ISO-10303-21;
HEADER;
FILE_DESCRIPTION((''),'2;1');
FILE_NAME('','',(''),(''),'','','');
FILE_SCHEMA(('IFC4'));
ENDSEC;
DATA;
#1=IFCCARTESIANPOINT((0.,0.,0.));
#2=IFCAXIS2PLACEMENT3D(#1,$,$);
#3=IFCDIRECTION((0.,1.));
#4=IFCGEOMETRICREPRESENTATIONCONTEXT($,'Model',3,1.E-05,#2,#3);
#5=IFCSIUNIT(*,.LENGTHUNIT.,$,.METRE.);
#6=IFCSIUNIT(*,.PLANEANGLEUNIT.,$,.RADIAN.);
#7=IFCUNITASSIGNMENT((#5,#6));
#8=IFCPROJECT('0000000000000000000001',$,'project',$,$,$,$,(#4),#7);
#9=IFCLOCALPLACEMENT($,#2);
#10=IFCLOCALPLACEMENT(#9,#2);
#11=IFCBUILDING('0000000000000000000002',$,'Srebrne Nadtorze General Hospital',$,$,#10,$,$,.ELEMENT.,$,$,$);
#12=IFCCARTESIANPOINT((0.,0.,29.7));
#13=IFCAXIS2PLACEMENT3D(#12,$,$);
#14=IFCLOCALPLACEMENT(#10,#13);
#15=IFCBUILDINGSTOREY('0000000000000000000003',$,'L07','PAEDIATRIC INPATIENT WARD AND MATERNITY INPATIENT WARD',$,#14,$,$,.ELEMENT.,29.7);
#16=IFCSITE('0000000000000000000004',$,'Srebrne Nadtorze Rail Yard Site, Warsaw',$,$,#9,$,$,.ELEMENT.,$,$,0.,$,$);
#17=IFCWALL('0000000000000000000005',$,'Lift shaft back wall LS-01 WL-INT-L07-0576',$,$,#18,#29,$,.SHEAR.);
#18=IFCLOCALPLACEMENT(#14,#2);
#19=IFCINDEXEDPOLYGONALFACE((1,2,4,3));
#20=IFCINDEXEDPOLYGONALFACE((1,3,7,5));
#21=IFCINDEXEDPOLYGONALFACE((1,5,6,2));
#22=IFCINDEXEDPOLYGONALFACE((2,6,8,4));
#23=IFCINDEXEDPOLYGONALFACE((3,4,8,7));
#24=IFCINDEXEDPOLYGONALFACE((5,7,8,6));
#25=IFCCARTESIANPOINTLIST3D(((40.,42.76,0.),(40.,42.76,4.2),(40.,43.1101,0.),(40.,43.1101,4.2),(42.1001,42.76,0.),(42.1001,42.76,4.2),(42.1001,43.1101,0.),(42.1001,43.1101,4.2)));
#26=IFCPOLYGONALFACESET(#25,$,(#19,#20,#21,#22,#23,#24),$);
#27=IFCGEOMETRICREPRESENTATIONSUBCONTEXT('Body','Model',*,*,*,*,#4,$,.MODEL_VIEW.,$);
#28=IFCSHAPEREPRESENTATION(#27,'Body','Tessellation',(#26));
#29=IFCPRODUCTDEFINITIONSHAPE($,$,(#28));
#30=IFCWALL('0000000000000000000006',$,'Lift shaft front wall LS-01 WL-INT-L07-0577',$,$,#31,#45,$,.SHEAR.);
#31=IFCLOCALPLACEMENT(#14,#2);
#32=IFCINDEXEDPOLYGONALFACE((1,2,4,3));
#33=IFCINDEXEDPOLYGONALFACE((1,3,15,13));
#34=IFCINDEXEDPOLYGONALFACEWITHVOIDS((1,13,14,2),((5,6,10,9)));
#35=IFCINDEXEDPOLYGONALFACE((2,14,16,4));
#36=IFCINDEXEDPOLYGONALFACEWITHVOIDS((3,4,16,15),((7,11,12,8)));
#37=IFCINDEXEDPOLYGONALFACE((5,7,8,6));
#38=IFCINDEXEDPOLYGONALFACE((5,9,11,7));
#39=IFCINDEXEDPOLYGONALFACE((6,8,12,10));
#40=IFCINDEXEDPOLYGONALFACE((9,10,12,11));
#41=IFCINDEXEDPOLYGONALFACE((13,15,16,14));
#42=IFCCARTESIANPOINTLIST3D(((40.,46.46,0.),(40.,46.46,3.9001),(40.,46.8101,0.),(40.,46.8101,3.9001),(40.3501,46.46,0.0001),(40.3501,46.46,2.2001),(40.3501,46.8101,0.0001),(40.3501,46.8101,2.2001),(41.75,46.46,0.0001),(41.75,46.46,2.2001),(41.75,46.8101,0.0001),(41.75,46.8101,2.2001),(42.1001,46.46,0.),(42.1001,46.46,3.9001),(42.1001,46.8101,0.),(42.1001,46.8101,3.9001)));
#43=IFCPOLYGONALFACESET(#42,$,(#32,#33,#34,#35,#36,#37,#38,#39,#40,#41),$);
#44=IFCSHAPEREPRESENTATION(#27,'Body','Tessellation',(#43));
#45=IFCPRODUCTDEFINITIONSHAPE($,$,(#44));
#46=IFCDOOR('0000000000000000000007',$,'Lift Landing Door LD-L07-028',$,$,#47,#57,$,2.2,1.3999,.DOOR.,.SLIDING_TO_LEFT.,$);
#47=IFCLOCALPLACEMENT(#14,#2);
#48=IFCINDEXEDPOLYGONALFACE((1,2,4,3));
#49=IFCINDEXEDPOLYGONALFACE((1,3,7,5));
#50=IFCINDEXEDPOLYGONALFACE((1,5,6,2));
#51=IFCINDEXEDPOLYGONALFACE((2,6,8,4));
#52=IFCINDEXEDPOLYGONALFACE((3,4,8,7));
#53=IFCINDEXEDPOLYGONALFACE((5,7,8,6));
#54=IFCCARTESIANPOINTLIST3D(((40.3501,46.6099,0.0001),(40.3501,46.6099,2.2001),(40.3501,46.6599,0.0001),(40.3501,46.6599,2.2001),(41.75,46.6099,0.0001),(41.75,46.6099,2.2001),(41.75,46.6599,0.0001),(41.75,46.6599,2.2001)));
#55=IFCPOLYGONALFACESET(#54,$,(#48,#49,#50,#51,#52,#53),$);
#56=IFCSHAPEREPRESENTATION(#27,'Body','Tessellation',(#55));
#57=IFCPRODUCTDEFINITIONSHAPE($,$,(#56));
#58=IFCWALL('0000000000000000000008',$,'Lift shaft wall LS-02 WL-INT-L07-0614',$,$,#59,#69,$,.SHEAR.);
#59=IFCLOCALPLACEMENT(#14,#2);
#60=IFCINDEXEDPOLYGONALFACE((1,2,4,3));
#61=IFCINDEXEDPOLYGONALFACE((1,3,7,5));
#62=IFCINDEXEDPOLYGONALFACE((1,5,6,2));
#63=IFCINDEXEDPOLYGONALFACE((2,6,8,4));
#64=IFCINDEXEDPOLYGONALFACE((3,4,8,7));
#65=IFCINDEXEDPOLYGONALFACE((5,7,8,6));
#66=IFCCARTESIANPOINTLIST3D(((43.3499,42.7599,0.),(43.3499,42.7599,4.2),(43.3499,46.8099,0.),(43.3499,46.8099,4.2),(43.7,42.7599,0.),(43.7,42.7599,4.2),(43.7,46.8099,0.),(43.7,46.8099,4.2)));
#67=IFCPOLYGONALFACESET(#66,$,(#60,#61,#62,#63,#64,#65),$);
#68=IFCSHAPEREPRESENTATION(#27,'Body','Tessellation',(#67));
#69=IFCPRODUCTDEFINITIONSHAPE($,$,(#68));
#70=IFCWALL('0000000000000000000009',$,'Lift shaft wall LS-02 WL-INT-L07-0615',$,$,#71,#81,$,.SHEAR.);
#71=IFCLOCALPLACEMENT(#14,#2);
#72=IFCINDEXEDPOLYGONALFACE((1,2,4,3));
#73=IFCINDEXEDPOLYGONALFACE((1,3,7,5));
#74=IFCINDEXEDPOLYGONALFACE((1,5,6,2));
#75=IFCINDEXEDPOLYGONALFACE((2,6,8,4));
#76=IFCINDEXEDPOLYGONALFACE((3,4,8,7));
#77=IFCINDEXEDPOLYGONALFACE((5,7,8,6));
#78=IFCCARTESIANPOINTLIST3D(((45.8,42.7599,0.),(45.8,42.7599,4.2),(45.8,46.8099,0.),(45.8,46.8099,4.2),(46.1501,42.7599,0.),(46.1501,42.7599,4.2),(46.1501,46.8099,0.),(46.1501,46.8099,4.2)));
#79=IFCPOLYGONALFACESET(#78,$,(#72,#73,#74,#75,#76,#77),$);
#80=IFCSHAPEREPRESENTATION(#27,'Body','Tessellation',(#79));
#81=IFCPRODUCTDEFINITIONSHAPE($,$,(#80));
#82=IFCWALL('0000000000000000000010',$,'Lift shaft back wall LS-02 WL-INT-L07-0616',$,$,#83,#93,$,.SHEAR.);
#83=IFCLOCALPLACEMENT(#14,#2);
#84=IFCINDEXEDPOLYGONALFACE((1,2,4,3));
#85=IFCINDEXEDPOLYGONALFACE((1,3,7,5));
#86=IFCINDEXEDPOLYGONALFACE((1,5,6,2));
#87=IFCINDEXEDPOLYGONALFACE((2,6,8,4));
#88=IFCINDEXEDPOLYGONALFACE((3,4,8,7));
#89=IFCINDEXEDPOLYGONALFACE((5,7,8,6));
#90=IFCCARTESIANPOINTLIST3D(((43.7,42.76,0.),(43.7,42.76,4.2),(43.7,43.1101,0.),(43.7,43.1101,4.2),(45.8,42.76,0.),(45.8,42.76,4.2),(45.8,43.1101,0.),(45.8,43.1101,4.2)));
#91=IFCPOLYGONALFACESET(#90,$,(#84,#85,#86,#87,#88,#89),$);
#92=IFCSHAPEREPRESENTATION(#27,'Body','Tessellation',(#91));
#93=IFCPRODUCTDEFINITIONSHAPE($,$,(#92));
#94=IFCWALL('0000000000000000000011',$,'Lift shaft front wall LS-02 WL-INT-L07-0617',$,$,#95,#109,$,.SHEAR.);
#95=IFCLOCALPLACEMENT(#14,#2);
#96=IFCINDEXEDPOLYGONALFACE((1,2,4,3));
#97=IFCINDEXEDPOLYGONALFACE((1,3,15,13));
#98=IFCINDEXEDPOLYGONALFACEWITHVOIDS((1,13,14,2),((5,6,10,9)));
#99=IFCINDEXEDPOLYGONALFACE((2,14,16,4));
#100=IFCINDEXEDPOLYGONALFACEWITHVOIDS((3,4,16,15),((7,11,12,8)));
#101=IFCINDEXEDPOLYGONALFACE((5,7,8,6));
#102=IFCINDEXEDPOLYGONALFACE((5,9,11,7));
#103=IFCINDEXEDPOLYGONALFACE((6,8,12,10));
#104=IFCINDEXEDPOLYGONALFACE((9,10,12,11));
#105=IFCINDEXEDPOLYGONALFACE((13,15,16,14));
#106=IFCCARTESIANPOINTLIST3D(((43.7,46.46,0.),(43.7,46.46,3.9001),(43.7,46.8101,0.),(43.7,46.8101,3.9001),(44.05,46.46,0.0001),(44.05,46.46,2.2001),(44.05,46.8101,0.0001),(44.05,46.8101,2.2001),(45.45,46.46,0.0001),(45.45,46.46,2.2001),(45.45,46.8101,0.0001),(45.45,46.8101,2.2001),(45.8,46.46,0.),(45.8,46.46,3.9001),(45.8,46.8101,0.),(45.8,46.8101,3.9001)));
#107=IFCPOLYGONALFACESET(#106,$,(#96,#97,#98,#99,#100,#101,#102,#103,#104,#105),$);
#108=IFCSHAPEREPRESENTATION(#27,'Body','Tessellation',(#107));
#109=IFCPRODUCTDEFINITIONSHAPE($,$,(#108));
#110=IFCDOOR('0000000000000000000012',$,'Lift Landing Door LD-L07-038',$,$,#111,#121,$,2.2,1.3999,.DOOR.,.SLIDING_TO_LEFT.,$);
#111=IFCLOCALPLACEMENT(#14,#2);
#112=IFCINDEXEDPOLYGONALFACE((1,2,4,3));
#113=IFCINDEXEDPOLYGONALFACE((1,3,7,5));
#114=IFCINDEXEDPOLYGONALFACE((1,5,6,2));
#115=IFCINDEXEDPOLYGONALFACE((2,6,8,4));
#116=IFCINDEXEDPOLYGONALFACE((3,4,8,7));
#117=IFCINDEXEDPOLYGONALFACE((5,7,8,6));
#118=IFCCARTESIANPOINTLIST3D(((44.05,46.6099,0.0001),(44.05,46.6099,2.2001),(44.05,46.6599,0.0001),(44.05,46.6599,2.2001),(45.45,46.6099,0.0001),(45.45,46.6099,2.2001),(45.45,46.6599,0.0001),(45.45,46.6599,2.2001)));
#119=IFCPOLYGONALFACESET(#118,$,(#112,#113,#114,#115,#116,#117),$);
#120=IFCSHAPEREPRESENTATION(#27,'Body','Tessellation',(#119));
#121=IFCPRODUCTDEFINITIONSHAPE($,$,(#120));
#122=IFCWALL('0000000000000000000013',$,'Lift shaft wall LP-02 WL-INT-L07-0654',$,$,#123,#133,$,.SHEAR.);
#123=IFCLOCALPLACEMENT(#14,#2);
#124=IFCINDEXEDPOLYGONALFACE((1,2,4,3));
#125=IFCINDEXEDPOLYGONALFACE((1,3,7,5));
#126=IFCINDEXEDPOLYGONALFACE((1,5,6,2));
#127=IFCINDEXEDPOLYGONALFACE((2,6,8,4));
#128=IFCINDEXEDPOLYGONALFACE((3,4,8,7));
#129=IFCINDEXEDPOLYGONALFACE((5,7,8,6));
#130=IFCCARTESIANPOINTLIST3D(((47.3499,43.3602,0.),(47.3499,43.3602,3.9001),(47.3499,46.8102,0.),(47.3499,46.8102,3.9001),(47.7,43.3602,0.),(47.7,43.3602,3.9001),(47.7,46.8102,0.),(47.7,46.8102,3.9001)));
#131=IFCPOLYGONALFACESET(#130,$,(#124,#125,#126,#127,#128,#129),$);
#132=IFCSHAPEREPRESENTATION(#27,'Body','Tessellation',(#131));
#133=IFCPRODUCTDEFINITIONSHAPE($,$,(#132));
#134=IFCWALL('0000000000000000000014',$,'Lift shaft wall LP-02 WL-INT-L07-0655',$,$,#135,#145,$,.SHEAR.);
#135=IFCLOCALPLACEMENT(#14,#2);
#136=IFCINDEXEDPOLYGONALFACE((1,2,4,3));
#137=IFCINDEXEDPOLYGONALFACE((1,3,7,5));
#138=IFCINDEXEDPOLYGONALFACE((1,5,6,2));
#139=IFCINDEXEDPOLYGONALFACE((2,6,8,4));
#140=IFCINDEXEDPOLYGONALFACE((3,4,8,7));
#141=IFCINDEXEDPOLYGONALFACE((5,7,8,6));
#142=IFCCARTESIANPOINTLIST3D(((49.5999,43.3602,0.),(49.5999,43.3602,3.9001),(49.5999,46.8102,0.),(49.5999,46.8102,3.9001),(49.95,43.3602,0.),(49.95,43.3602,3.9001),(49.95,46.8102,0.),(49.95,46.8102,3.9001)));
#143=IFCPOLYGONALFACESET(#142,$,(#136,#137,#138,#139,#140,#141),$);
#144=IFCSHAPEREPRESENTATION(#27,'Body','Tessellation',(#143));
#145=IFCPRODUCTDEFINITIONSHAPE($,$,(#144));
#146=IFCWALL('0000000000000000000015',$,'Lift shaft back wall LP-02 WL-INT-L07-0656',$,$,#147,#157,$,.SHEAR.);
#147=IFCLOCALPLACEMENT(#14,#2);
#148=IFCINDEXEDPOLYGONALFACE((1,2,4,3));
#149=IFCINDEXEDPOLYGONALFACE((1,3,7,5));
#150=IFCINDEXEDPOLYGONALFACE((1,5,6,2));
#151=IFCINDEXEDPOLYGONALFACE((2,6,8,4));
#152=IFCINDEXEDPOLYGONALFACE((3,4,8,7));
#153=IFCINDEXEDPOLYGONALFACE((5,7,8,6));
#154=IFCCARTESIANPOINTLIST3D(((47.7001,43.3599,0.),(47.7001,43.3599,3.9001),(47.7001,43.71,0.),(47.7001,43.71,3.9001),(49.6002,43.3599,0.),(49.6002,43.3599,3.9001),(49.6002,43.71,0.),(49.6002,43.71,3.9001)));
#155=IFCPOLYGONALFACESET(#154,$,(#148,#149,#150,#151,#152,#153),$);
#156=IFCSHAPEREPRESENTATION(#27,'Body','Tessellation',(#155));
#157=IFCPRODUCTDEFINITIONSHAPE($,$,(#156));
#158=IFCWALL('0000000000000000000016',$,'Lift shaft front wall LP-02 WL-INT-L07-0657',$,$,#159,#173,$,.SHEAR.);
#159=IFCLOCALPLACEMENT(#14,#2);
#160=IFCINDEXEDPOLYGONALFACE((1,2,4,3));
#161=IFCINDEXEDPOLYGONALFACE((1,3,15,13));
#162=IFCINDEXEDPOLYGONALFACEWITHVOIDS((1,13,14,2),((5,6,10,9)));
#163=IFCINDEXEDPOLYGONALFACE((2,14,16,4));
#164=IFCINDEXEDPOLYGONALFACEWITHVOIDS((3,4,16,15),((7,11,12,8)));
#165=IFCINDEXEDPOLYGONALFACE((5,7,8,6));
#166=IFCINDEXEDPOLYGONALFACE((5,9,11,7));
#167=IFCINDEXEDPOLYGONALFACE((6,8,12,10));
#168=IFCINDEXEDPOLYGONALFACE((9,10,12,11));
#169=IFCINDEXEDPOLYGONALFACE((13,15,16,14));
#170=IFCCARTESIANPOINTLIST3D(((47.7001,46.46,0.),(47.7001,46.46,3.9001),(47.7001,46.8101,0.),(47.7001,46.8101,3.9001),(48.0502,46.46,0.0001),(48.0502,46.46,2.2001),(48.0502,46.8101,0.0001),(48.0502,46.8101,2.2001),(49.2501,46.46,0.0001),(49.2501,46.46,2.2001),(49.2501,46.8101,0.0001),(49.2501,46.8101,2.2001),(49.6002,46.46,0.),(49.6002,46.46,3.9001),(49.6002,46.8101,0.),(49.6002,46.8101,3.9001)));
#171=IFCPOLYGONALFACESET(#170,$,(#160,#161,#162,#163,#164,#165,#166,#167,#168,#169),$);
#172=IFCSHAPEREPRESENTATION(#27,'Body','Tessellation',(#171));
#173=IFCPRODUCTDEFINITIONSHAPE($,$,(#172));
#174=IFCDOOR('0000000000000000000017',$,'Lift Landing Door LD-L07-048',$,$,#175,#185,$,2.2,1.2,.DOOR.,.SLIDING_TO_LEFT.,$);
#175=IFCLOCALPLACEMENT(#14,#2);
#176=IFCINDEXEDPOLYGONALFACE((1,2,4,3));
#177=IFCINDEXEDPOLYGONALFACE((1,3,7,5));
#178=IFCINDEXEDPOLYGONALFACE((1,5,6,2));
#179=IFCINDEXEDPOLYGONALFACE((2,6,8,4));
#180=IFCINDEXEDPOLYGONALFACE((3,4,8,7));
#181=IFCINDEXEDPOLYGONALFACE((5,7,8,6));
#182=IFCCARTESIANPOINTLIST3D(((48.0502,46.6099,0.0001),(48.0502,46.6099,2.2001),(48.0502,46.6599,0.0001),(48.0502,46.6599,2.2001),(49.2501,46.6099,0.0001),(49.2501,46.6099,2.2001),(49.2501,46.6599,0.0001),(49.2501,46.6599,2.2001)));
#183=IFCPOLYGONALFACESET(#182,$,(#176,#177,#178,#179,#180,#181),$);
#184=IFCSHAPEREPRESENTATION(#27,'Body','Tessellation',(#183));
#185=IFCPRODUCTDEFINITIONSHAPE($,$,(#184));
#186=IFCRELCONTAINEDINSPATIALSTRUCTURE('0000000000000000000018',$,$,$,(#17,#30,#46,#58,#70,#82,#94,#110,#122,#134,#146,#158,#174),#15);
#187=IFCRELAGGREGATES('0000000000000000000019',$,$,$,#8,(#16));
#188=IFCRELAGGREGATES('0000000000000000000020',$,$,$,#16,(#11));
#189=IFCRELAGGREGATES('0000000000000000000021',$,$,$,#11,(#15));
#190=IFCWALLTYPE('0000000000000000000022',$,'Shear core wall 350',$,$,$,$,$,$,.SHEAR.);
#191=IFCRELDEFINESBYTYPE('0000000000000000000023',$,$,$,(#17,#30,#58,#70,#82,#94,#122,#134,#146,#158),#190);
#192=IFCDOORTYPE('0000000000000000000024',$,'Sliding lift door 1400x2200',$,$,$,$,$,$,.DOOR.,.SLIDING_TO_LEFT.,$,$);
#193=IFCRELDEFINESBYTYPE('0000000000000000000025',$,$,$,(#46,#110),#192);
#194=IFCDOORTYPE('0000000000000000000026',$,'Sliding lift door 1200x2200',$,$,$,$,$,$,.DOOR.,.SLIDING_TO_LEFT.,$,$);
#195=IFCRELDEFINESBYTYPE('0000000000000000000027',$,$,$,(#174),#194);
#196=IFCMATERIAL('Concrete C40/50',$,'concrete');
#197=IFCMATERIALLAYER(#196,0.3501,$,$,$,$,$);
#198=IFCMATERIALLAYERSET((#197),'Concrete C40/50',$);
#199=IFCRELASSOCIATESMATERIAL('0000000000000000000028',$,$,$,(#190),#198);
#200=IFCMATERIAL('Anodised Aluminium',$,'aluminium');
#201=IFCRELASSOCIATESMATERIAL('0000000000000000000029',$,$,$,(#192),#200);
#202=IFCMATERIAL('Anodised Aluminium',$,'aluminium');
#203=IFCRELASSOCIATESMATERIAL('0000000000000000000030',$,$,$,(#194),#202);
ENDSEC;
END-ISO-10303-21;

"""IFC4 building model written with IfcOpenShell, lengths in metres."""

from ifc_helpers import new_model, si_unit, direction, frame, frame_2d, origin, place, context, subcontext, project, spatial, rectangle, extrude, material, layer, layer_set, type_object, element, fill, save


model = new_model("IFC4")

# Units and contexts
model_context = context("Model", 3, precision=1e-05, world=origin(), true_north=direction((0.0, 1.0)))
body_context = subcontext(model_context, "Body", "Model", "MODEL_VIEW")
ifc_project = project(units=[si_unit("LENGTHUNIT", "METRE"), si_unit("PLANEANGLEUNIT", "RADIAN")], contexts=[model_context])

# Site, building, storey
site_placement = place(None, origin())
site = spatial("IfcSite", under=ifc_project, at=site_placement, Name="Srebrne Nadtorze Rail Yard Site, Warsaw", CompositionType="ELEMENT", RefElevation=0.0)
building_placement = place(site_placement, origin())
building = spatial("IfcBuilding", under=site, at=building_placement, Name="Srebrne Nadtorze General Hospital", CompositionType="ELEMENT")
storey_placement = place(building_placement, frame((0.0, 0.0, 29.7)))
storey = spatial("IfcBuildingStorey", under=building, at=storey_placement, Name="L07", Description="PAEDIATRIC INPATIENT WARD AND MATERNITY INPATIENT WARD", CompositionType="ELEMENT", Elevation=29.7)

# Wall
ifc_material_1 = material(Name="Concrete C40/50", Category="concrete")
ifc_layer_1 = layer(ifc_material_1, 0.3501)
ifc_layer_set_1 = layer_set([ifc_layer_1], Name="Concrete C40/50")
wall_type_1 = type_object("IfcWallType", Name="Shear core wall 350", PredefinedType="SHEAR", material=ifc_layer_set_1)
wall_1_placement = place(storey_placement, frame((40.0, 42.9351, 0.0), z_axis=(0.0, 0.0, 1.0), x_axis=(1.0, 0.0, 0.0)))
element("IfcWall", 1, at=wall_1_placement, inside=storey, type_object=wall_type_1, Name="Lift shaft back wall LS-01 WL-INT-L07-0576", PredefinedType="SHEAR", context=body_context, shape_type="SweptSolid", body=[
    extrude(rectangle(XDim=2.1001, YDim=0.3501, at=frame_2d((1.05, 0.0))), origin(), (0.0, 0.0, 1.0), 4.2),
])

# Wall, opening, door
wall_2_placement = place(storey_placement, frame((40.0, 46.635, 0.0), z_axis=(0.0, 0.0, 1.0), x_axis=(1.0, 0.0, 0.0)))
wall_2 = element("IfcWall", 2, at=wall_2_placement, inside=storey, type_object=wall_type_1, Name="Lift shaft front wall LS-01 WL-INT-L07-0577", PredefinedType="SHEAR", context=body_context, shape_type="SweptSolid", body=[
    extrude(rectangle(XDim=2.1001, YDim=0.3501, at=frame_2d((1.05, 0.0))), origin(), (0.0, 0.0, 1.0), 3.9001),
])
opening_1_placement = place(wall_2_placement, frame((0.3501, 0.0, 0.0)))
opening_1 = element("IfcOpeningElement", 3, at=opening_1_placement, cuts=wall_2, PredefinedType="OPENING", context=body_context, shape_type="SweptSolid", body=[
    extrude(rectangle(XDim=1.3999, YDim=2.2, at=frame_2d((0.7, 1.1001))), frame((0.0, 0.187, 0.0), z_axis=(0.0, -1.0, 0.0), x_axis=(1.0, 0.0, 0.0)), (0.0, 0.0, 1.0), 0.374),
])
ifc_material_2 = material(Name="Anodised Aluminium", Category="aluminium")
door_type_1 = type_object("IfcDoorType", Name="Sliding lift door 1400x2200", OperationType="SLIDING_TO_LEFT", PredefinedType="DOOR", material=ifc_material_2)
door_1_placement = place(opening_1_placement, origin())
door_1 = element("IfcDoor", 4, at=door_1_placement, inside=storey, type_object=door_type_1, Name="Lift Landing Door LD-L07-028", OperationType="SLIDING_TO_LEFT", OverallHeight=2.2, OverallWidth=1.3999, PredefinedType="DOOR", context=body_context, shape_type="SweptSolid", body=[
    extrude(rectangle(XDim=1.3999, YDim=2.2, at=frame_2d((0.7, 1.1001))), frame((0.0, 0.0249, 0.0), z_axis=(0.0, -1.0, 0.0), x_axis=(1.0, 0.0, 0.0)), (0.0, 0.0, 1.0), 0.05),
])
fill(opening_1, door_1)

# Walls
for number, where, z_axis, x_axis, name in (
    (5, (43.5249, 42.76, 0.0), (0.0, 0.0, 1.0), (0.0, 1.0, 0.0), "Lift shaft wall LS-02 WL-INT-L07-0614"),
    (6, (45.9751, 42.76, 0.0), (0.0, 0.0, 1.0), (0.0, 1.0, 0.0), "Lift shaft wall LS-02 WL-INT-L07-0615"),
):
    element("IfcWall", number, at=place(storey_placement, frame(where, z_axis=z_axis, x_axis=x_axis)), inside=storey, type_object=wall_type_1, Name=name, PredefinedType="SHEAR", context=body_context, shape_type="SweptSolid", body=[
        extrude(rectangle(XDim=4.05, YDim=0.3501, at=frame_2d((2.0249, 0.0))), origin(), (0.0, 0.0, 1.0), 4.2),
    ])
wall_3_placement = place(storey_placement, frame((43.7, 42.9351, 0.0), z_axis=(0.0, 0.0, 1.0), x_axis=(1.0, 0.0, 0.0)))
element("IfcWall", 7, at=wall_3_placement, inside=storey, type_object=wall_type_1, Name="Lift shaft back wall LS-02 WL-INT-L07-0616", PredefinedType="SHEAR", context=body_context, shape_type="SweptSolid", body=[
    extrude(rectangle(XDim=2.1001, YDim=0.3501, at=frame_2d((1.05, 0.0))), origin(), (0.0, 0.0, 1.0), 4.2),
])

# Wall, opening, door
wall_4_placement = place(storey_placement, frame((43.7, 46.635, 0.0), z_axis=(0.0, 0.0, 1.0), x_axis=(1.0, 0.0, 0.0)))
wall_4 = element("IfcWall", 8, at=wall_4_placement, inside=storey, type_object=wall_type_1, Name="Lift shaft front wall LS-02 WL-INT-L07-0617", PredefinedType="SHEAR", context=body_context, shape_type="SweptSolid", body=[
    extrude(rectangle(XDim=2.1001, YDim=0.3501, at=frame_2d((1.05, 0.0))), origin(), (0.0, 0.0, 1.0), 3.9001),
])
opening_2_placement = place(wall_4_placement, frame((0.3501, 0.0, 0.0)))
opening_2 = element("IfcOpeningElement", 9, at=opening_2_placement, cuts=wall_4, PredefinedType="OPENING", context=body_context, shape_type="SweptSolid", body=[
    extrude(rectangle(XDim=1.3999, YDim=2.2, at=frame_2d((0.7, 1.1001))), frame((0.0, 0.187, 0.0), z_axis=(0.0, -1.0, 0.0), x_axis=(1.0, 0.0, 0.0)), (0.0, 0.0, 1.0), 0.374),
])
door_2_placement = place(opening_2_placement, origin())
door_2 = element("IfcDoor", 10, at=door_2_placement, inside=storey, type_object=door_type_1, Name="Lift Landing Door LD-L07-038", OperationType="SLIDING_TO_LEFT", OverallHeight=2.2, OverallWidth=1.3999, PredefinedType="DOOR", context=body_context, shape_type="SweptSolid", body=[
    extrude(rectangle(XDim=1.3999, YDim=2.2, at=frame_2d((0.7, 1.1001))), frame((0.0, 0.0249, 0.0), z_axis=(0.0, -1.0, 0.0), x_axis=(1.0, 0.0, 0.0)), (0.0, 0.0, 1.0), 0.05),
])
fill(opening_2, door_2)

# Walls
for number, where, z_axis, x_axis, name in (
    (11, (47.5249, 43.3601, 0.0), (0.0, 0.0, 1.0), (0.0, 1.0, 0.0), "Lift shaft wall LP-02 WL-INT-L07-0654"),
    (12, (49.7749, 43.3601, 0.0), (0.0, 0.0, 1.0), (0.0, 1.0, 0.0), "Lift shaft wall LP-02 WL-INT-L07-0655"),
):
    element("IfcWall", number, at=place(storey_placement, frame(where, z_axis=z_axis, x_axis=x_axis)), inside=storey, type_object=wall_type_1, Name=name, PredefinedType="SHEAR", context=body_context, shape_type="SweptSolid", body=[
        extrude(rectangle(XDim=3.45, YDim=0.3501, at=frame_2d((1.7251, 0.0))), origin(), (0.0, 0.0, 1.0), 3.9001),
    ])
wall_5_placement = place(storey_placement, frame((47.7, 43.5349, 0.0), z_axis=(0.0, 0.0, 1.0), x_axis=(1.0, 0.0, 0.0)))
element("IfcWall", 13, at=wall_5_placement, inside=storey, type_object=wall_type_1, Name="Lift shaft back wall LP-02 WL-INT-L07-0656", PredefinedType="SHEAR", context=body_context, shape_type="SweptSolid", body=[
    extrude(rectangle(XDim=1.9001, YDim=0.3501, at=frame_2d((0.9502, 0.0))), origin(), (0.0, 0.0, 1.0), 3.9001),
])

# Wall, opening, door
wall_6_placement = place(storey_placement, frame((47.7, 46.635, 0.0), z_axis=(0.0, 0.0, 1.0), x_axis=(1.0, 0.0, 0.0)))
wall_6 = element("IfcWall", 14, at=wall_6_placement, inside=storey, type_object=wall_type_1, Name="Lift shaft front wall LP-02 WL-INT-L07-0657", PredefinedType="SHEAR", context=body_context, shape_type="SweptSolid", body=[
    extrude(rectangle(XDim=1.9001, YDim=0.3501, at=frame_2d((0.9502, 0.0))), origin(), (0.0, 0.0, 1.0), 3.9001),
])
opening_3_placement = place(wall_6_placement, frame((0.3501, 0.0, 0.0)))
opening_3 = element("IfcOpeningElement", 15, at=opening_3_placement, cuts=wall_6, PredefinedType="OPENING", context=body_context, shape_type="SweptSolid", body=[
    extrude(rectangle(XDim=1.2, YDim=2.2, at=frame_2d((0.6001, 1.1001))), frame((0.0, 0.187, 0.0), z_axis=(0.0, -1.0, 0.0), x_axis=(1.0, 0.0, 0.0)), (0.0, 0.0, 1.0), 0.374),
])
ifc_material_3 = material(Name="Anodised Aluminium", Category="aluminium")
door_type_2 = type_object("IfcDoorType", Name="Sliding lift door 1200x2200", OperationType="SLIDING_TO_LEFT", PredefinedType="DOOR", material=ifc_material_3)
door_3_placement = place(opening_3_placement, origin())
door_3 = element("IfcDoor", 16, at=door_3_placement, inside=storey, type_object=door_type_2, Name="Lift Landing Door LD-L07-048", OperationType="SLIDING_TO_LEFT", OverallHeight=2.2, OverallWidth=1.2, PredefinedType="DOOR", context=body_context, shape_type="SweptSolid", body=[
    extrude(rectangle(XDim=1.2, YDim=2.2, at=frame_2d((0.6001, 1.1001))), frame((0.0, 0.0249, 0.0), z_axis=(0.0, -1.0, 0.0), x_axis=(1.0, 0.0, 0.0)), (0.0, 0.0, 1.0), 0.05),
])
fill(opening_3, door_3)

save(model, "model.ifc")
